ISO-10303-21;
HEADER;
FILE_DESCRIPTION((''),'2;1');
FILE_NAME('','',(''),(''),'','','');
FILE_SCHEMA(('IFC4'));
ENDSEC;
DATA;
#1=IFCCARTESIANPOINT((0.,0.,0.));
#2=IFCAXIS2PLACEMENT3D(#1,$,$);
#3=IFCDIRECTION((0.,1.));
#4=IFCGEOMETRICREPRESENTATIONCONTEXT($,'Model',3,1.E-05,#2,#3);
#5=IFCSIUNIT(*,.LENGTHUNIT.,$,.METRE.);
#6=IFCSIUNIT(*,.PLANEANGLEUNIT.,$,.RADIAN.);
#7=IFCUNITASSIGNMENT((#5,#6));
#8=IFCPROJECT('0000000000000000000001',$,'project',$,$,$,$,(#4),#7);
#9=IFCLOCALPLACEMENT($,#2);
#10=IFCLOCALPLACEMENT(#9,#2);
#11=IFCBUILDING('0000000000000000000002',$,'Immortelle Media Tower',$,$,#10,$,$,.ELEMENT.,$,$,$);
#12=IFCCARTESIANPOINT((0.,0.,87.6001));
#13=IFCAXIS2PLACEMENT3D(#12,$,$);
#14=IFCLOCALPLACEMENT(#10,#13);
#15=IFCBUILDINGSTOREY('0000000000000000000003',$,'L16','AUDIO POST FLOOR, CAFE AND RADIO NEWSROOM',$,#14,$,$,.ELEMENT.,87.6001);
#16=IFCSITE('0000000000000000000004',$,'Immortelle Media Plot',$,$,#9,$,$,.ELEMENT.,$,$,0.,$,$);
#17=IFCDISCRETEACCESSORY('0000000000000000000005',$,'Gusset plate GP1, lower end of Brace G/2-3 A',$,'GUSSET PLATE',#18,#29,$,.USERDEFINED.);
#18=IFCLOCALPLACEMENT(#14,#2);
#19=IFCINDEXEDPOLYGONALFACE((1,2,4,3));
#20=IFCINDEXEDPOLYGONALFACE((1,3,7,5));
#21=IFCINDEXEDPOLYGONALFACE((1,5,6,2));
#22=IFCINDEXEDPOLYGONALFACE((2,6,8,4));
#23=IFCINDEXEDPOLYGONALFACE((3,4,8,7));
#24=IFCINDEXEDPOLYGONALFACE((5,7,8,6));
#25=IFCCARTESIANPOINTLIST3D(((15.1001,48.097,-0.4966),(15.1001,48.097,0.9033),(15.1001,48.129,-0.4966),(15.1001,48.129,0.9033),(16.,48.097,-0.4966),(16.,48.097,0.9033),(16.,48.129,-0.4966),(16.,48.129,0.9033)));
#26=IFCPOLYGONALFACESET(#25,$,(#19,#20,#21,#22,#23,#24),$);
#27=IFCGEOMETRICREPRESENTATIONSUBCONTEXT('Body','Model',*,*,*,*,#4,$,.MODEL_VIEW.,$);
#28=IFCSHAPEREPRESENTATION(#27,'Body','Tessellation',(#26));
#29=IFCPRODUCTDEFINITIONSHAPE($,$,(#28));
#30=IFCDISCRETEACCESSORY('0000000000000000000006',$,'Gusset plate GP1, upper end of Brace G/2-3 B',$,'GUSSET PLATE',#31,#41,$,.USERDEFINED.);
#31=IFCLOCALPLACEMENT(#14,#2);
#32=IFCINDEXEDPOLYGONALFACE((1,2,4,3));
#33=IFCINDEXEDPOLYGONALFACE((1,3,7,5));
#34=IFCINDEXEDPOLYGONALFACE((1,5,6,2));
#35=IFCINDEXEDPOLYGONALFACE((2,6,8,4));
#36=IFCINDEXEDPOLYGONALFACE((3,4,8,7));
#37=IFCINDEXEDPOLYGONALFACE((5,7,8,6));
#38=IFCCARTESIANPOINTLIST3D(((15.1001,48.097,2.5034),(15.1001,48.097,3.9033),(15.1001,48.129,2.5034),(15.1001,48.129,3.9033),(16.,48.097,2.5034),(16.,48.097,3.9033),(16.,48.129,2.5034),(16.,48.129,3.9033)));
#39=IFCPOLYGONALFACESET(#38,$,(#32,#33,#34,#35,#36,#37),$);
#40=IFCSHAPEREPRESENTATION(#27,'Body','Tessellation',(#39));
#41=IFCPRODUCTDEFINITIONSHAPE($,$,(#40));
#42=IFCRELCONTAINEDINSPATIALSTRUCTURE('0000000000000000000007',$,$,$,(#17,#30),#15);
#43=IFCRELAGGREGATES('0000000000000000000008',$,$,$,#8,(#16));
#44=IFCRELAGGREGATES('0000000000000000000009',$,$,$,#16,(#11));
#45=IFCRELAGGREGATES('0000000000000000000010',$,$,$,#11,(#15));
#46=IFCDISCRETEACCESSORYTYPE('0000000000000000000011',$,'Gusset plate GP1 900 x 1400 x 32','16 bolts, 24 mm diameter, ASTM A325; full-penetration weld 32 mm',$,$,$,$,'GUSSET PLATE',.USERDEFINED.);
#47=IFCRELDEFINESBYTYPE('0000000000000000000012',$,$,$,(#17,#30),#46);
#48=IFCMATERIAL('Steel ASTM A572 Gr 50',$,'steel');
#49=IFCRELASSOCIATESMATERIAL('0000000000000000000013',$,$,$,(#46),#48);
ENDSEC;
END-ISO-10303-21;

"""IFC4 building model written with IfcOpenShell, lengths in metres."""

from ifc_helpers import new_model, si_unit, direction, frame, origin, origin_2d, place, context, subcontext, project, spatial, rectangle, extrude, material, material_profile, profile_set, type_object, element, save


model = new_model("IFC4")

# Units and contexts
model_context = context("Model", 3, precision=1e-05, world=origin(), true_north=direction((0.0, 1.0)))
body_context = subcontext(model_context, "Body", "Model", "MODEL_VIEW")
ifc_project = project(units=[si_unit("LENGTHUNIT", "METRE"), si_unit("PLANEANGLEUNIT", "RADIAN")], contexts=[model_context])

# Site, building, storey
site_placement = place(None, origin())
site = spatial("IfcSite", under=ifc_project, at=site_placement, Name="Immortelle Media Plot", CompositionType="ELEMENT", RefElevation=0.0)
building_placement = place(site_placement, origin())
building = spatial("IfcBuilding", under=site, at=building_placement, Name="Immortelle Media Tower", CompositionType="ELEMENT")
storey_placement = place(building_placement, frame((0.0, 0.0, 87.6001)))
storey = spatial("IfcBuildingStorey", under=building, at=storey_placement, Name="L16", Description="AUDIO POST FLOOR, CAFE AND RADIO NEWSROOM", CompositionType="ELEMENT", Elevation=87.6001)

# Discrete accessories
ifc_material_1 = material(Name="Steel ASTM A572 Gr 50", Category="steel")
ifc_material_profile_1 = material_profile(ifc_material_1, rectangle(XDim=0.032, YDim=1.3999, at=origin_2d()), Name="PL 32 x 1400")
ifc_profile_set_1 = profile_set([ifc_material_profile_1], Name="Steel ASTM A572 Gr 50")
discrete_accessory_type_1 = type_object("IfcDiscreteAccessoryType", Name="Gusset plate GP1 900 x 1400 x 32", Description="16 bolts, 24 mm diameter, ASTM A325; full-penetration weld 32 mm", ElementType="GUSSET PLATE", PredefinedType="USERDEFINED", material=ifc_profile_set_1)
for number, where, z_axis, x_axis, name in (
    (1, (16.0, 48.113, 0.2034), (-1.0, 0.0, 0.0), (0.0, -1.0, 0.0), "Gusset plate GP1, lower end of Brace G/2-3 A"),
    (2, (16.0, 48.113, 3.2034), (-1.0, 0.0, 0.0), (0.0, -1.0, 0.0), "Gusset plate GP1, upper end of Brace G/2-3 B"),
):
    element("IfcDiscreteAccessory", number, at=place(storey_placement, frame(where, z_axis=z_axis, x_axis=x_axis)), inside=storey, type_object=discrete_accessory_type_1, Name=name, ObjectType="GUSSET PLATE", PredefinedType="USERDEFINED", context=body_context, shape_type="SweptSolid", body=[
        extrude(rectangle(XDim=0.032, YDim=1.3999, at=origin_2d()), origin(), (0.0, 0.0, 1.0), 0.8999),
    ])

save(model, "model.ifc")
